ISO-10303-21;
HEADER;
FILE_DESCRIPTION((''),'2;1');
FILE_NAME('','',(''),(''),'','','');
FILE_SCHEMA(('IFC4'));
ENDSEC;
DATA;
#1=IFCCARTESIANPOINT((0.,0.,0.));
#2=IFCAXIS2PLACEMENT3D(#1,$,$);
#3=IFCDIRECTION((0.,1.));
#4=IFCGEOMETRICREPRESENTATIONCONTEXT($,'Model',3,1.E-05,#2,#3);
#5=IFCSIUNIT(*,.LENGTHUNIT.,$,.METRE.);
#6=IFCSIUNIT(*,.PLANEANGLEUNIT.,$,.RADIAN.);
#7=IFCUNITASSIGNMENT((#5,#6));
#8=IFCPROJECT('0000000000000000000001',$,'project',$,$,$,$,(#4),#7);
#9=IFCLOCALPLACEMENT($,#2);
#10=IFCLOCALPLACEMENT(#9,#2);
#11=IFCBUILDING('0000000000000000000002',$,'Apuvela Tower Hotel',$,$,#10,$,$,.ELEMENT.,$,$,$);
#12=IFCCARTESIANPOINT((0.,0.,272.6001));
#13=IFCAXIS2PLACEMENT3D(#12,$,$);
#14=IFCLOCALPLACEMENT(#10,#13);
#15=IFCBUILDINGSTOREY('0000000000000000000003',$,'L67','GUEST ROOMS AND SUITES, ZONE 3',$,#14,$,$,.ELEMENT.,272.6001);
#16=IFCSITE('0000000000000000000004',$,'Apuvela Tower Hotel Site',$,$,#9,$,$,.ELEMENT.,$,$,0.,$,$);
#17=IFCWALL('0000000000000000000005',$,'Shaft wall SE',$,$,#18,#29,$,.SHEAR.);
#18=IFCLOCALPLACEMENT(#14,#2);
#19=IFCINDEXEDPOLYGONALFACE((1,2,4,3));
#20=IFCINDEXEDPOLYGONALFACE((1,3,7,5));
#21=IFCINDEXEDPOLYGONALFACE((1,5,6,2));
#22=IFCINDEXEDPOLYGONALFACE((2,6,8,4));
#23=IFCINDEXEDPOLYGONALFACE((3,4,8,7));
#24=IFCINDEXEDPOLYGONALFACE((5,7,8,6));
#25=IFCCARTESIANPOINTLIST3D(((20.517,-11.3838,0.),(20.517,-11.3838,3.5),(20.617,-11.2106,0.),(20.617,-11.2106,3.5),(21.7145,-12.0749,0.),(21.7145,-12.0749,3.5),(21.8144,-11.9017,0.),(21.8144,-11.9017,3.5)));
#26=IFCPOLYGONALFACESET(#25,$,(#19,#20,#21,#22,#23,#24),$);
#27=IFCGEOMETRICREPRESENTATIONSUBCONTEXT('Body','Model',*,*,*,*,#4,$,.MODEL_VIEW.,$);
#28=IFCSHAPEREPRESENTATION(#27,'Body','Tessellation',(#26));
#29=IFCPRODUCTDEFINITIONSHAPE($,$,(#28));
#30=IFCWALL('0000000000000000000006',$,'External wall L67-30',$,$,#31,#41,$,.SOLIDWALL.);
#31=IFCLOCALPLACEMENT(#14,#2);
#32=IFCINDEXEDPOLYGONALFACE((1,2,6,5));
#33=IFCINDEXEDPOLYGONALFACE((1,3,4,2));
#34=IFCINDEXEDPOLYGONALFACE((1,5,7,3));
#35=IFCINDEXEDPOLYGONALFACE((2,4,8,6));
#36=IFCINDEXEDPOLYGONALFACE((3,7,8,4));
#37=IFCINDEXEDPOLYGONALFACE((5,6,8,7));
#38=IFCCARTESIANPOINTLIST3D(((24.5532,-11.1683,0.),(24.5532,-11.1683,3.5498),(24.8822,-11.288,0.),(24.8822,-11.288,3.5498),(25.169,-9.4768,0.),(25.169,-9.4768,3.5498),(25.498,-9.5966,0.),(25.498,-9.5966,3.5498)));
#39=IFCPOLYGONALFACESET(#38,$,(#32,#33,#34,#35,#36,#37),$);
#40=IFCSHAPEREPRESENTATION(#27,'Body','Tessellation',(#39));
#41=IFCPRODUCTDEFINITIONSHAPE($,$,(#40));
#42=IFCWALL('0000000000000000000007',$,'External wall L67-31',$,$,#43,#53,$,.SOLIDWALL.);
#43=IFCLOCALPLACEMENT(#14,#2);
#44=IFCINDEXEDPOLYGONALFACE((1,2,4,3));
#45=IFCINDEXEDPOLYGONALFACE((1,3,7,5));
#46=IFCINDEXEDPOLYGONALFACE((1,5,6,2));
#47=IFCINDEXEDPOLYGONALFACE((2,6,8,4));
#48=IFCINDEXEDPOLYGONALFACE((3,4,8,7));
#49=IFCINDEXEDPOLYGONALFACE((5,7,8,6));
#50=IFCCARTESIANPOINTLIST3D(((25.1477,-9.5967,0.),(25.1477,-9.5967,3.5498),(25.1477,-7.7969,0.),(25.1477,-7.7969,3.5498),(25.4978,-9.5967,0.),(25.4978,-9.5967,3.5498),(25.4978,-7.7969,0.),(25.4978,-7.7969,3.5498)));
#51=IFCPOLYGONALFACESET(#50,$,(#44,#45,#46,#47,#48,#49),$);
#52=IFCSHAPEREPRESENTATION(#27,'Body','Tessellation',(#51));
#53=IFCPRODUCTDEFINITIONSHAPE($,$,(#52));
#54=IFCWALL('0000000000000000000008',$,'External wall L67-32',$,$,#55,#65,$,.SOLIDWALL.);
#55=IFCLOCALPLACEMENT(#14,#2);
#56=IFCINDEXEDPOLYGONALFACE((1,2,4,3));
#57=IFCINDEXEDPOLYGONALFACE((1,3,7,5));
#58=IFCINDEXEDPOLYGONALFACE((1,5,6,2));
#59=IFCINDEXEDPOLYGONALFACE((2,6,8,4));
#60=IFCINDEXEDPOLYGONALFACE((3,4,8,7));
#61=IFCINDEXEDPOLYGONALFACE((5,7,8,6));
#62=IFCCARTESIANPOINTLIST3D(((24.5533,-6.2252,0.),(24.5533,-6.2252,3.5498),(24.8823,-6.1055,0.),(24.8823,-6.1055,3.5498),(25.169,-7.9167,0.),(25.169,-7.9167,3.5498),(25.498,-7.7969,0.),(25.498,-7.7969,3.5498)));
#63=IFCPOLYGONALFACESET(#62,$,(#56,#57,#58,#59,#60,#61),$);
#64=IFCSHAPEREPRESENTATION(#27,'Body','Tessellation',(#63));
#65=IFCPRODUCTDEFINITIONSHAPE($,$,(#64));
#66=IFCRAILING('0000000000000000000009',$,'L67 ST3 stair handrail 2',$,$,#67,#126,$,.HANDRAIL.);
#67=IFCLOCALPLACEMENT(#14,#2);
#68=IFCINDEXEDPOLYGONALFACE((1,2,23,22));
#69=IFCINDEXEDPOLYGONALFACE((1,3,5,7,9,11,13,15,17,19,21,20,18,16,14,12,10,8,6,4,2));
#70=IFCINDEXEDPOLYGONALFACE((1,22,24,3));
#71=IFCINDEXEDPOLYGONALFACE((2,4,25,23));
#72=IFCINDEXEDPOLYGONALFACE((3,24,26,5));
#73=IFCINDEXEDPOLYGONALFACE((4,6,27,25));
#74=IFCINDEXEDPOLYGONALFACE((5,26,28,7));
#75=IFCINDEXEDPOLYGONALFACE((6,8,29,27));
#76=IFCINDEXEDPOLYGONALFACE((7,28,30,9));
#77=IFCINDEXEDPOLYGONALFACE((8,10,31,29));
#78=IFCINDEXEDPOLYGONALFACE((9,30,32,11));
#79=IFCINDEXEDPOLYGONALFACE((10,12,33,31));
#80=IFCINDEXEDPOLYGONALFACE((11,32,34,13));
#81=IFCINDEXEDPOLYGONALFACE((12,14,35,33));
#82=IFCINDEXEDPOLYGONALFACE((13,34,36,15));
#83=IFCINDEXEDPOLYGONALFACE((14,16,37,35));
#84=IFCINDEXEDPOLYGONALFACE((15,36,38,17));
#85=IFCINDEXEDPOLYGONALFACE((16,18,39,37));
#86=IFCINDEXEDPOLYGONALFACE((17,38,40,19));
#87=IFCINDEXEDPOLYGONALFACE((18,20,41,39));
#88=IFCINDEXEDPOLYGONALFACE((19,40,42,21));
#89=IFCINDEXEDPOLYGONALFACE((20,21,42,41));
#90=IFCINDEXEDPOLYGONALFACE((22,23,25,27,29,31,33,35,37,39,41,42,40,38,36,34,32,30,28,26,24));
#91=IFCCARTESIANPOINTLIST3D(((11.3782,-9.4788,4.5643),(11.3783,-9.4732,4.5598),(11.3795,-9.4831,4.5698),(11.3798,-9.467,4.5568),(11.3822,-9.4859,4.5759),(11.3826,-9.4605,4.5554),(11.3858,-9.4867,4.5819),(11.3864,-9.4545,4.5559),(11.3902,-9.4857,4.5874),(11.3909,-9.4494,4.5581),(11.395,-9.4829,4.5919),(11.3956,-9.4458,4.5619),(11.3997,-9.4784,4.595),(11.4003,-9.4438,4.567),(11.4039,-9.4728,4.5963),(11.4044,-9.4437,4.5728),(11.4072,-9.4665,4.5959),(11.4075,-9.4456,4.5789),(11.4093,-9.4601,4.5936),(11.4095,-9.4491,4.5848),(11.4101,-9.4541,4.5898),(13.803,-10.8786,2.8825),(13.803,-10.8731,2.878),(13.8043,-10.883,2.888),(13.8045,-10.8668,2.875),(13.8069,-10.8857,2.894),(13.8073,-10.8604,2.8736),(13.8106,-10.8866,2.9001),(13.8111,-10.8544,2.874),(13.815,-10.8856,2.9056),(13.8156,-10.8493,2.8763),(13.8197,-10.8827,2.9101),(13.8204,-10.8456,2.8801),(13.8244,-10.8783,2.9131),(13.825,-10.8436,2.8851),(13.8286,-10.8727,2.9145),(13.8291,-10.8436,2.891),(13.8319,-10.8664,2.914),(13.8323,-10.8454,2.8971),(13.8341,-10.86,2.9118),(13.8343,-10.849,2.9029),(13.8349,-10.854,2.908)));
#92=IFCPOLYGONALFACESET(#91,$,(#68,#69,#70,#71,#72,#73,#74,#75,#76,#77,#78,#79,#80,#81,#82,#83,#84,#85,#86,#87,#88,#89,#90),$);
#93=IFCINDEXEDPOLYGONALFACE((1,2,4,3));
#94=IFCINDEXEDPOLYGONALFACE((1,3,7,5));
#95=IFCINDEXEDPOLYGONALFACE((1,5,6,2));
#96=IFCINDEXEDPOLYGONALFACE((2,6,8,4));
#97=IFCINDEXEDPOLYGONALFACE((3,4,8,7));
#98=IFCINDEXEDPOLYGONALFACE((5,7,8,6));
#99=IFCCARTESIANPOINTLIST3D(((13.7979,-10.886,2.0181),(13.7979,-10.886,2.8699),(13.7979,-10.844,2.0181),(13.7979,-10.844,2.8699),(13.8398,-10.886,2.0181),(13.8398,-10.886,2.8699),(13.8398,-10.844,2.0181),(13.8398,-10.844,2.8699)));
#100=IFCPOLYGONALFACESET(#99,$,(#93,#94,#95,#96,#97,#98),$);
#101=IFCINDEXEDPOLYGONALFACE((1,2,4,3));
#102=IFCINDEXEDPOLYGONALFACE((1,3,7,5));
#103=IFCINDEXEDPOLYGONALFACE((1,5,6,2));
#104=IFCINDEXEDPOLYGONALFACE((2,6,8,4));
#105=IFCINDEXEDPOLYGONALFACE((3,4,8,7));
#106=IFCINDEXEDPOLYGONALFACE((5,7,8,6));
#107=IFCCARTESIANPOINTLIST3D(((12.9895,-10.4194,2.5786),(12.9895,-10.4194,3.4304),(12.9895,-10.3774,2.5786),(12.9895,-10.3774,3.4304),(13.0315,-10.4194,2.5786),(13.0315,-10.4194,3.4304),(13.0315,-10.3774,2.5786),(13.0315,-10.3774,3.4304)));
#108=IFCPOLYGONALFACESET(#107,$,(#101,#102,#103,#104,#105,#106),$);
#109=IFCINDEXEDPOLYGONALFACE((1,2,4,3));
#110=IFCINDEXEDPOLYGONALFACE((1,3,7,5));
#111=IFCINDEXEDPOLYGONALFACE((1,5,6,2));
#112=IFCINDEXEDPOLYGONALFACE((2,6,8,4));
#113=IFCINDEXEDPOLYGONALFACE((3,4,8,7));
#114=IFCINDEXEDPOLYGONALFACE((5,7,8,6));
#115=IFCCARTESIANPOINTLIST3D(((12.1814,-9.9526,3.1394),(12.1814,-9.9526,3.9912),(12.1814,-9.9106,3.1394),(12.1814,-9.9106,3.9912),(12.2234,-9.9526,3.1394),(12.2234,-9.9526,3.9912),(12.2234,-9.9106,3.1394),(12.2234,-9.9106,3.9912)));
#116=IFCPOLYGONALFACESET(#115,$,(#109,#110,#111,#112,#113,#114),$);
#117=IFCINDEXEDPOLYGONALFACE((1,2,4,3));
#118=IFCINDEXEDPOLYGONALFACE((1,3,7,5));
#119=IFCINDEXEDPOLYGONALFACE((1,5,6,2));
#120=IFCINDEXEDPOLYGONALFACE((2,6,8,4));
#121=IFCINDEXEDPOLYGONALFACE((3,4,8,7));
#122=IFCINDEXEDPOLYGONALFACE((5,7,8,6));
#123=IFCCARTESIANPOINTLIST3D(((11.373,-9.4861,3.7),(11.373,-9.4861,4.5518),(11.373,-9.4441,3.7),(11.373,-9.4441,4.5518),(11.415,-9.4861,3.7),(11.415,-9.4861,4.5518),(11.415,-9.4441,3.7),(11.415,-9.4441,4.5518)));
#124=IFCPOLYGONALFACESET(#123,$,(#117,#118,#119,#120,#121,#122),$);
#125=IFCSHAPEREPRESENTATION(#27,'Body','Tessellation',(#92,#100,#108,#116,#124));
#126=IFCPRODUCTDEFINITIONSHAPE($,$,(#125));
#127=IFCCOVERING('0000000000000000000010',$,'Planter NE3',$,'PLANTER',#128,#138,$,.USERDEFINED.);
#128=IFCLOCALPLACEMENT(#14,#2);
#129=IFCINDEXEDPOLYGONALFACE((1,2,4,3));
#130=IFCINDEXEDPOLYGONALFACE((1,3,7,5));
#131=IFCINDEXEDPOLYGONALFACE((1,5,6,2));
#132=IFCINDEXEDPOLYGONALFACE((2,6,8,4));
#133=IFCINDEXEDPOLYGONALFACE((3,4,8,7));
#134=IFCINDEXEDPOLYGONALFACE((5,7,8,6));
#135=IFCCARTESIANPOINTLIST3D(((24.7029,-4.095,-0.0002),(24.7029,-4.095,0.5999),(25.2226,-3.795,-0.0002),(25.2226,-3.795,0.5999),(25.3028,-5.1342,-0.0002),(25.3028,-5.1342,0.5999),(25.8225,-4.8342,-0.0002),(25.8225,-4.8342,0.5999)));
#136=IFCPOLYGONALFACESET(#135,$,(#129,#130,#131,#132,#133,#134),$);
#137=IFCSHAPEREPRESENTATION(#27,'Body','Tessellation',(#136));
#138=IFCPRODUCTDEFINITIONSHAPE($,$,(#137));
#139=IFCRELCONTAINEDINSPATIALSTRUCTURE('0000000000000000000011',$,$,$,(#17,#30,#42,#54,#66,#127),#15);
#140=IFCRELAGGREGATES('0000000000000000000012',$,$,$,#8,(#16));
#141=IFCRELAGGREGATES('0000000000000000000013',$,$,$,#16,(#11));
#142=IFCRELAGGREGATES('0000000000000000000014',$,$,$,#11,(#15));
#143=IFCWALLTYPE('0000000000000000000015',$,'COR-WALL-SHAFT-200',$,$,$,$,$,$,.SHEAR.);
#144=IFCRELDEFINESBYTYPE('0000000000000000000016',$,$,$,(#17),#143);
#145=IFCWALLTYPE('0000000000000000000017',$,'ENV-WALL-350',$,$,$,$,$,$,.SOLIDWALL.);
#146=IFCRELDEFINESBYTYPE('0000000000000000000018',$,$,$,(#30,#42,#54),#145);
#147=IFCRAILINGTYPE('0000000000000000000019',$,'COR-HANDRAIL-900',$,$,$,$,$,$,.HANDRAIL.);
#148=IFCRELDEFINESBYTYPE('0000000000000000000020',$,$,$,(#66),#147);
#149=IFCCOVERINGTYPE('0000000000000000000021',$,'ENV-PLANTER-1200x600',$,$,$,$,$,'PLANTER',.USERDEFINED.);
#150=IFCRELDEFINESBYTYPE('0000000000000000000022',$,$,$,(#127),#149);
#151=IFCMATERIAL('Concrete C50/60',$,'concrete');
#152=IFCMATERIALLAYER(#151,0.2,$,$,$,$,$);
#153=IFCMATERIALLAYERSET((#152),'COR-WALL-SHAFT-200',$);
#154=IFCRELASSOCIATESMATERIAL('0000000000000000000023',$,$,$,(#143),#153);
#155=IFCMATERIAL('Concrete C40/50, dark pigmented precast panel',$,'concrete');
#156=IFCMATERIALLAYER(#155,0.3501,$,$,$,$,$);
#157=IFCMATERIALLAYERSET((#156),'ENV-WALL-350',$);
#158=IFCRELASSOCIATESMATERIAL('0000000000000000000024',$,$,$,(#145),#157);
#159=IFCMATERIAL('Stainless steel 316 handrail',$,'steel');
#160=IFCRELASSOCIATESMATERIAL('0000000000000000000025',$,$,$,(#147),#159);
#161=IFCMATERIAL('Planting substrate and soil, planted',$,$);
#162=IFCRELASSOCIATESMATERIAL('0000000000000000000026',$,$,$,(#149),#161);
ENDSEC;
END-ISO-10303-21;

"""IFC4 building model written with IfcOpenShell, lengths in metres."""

from ifc_helpers import new_model, si_unit, direction, frame, frame_2d, origin, origin_2d, place, context, subcontext, project, spatial, rectangle, circle, extrude, material, layer, layer_set, type_object, element, save


model = new_model("IFC4")

# Units and contexts
model_context = context("Model", 3, precision=1e-05, world=origin(), true_north=direction((0.0, 1.0)))
body_context = subcontext(model_context, "Body", "Model", "MODEL_VIEW")
ifc_project = project(units=[si_unit("LENGTHUNIT", "METRE"), si_unit("PLANEANGLEUNIT", "RADIAN")], contexts=[model_context])

# Site, building, storey
site_placement = place(None, origin())
site = spatial("IfcSite", under=ifc_project, at=site_placement, Name="Apuvela Tower Hotel Site", CompositionType="ELEMENT", RefElevation=0.0)
building_placement = place(site_placement, origin())
building = spatial("IfcBuilding", under=site, at=building_placement, Name="Apuvela Tower Hotel", CompositionType="ELEMENT")
storey_placement = place(building_placement, frame((0.0, 0.0, 272.6001)))
storey = spatial("IfcBuildingStorey", under=building, at=storey_placement, Name="L67", Description="GUEST ROOMS AND SUITES, ZONE 3", CompositionType="ELEMENT", Elevation=272.6001)

# Walls
ifc_material_1 = material(Name="Concrete C50/60", Category="concrete")
ifc_layer_1 = layer(ifc_material_1, 0.2)
ifc_layer_set_1 = layer_set([ifc_layer_1], Name="COR-WALL-SHAFT-200")
wall_type_1 = type_object("IfcWallType", Name="COR-WALL-SHAFT-200", PredefinedType="SHEAR", material=ifc_layer_set_1)
wall_1_placement = place(storey_placement, frame((20.5669, -11.2971, 0.0), z_axis=(0.0, 0.0, 1.0), x_axis=(0.866094, -0.49988, 0.0)))
element("IfcWall", 1, at=wall_1_placement, inside=storey, type_object=wall_type_1, Name="Shaft wall SE", PredefinedType="SHEAR", context=body_context, shape_type="SweptSolid", body=[
    extrude(rectangle(XDim=1.3826, YDim=0.2, at=frame_2d((0.6914, 0.0))), origin(), (0.0, 0.0, 1.0), 3.5),
])
ifc_material_2 = material(Name="Concrete C40/50, dark pigmented precast panel", Category="concrete")
ifc_layer_2 = layer(ifc_material_2, 0.3501)
ifc_layer_set_2 = layer_set([ifc_layer_2], Name="ENV-WALL-350")
wall_type_2 = type_object("IfcWallType", Name="ENV-WALL-350", PredefinedType="SOLIDWALL", material=ifc_layer_set_2)
wall_2_placement = place(storey_placement, frame((24.7178, -11.228, 0.0), z_axis=(0.0, 0.0, 1.0), x_axis=(0.34207, 0.939675, 0.0)))
element("IfcWall", 2, at=wall_2_placement, inside=storey, type_object=wall_type_2, Name="External wall L67-30", PredefinedType="SOLIDWALL", context=body_context, shape_type="SweptSolid", body=[
    extrude(rectangle(XDim=1.8, YDim=0.3501, at=frame_2d((0.8999, 0.0))), origin(), (0.0, 0.0, 1.0), 3.5498),
])
wall_3_placement = place(storey_placement, frame((25.3228, -9.5967, 0.0), z_axis=(0.0, 0.0, 1.0), x_axis=(0.0, 1.0, 0.0)))
element("IfcWall", 3, at=wall_3_placement, inside=storey, type_object=wall_type_2, Name="External wall L67-31", PredefinedType="SOLIDWALL", context=body_context, shape_type="SweptSolid", body=[
    extrude(rectangle(XDim=1.7998, YDim=0.3501, at=frame_2d((0.8999, 0.0))), origin(), (0.0, 0.0, 1.0), 3.5498),
])
wall_4_placement = place(storey_placement, frame((25.3335, -7.8567, 0.0), z_axis=(0.0, 0.0, 1.0), x_axis=(-0.34207, 0.939675, 0.0)))
element("IfcWall", 4, at=wall_4_placement, inside=storey, type_object=wall_type_2, Name="External wall L67-32", PredefinedType="SOLIDWALL", context=body_context, shape_type="SweptSolid", body=[
    extrude(rectangle(XDim=1.8, YDim=0.3501, at=frame_2d((0.8999, 0.0))), origin(), (0.0, 0.0, 1.0), 3.5498),
])

# Railing
ifc_material_3 = material(Name="Stainless steel 316 handrail", Category="steel")
railing_type_1 = type_object("IfcRailingType", Name="COR-HANDRAIL-900", PredefinedType="HANDRAIL", material=ifc_material_3)
railing_1_placement = place(storey_placement, frame((13.8188, -10.865, 2.0181)))
element("IfcRailing", 5, at=railing_1_placement, inside=storey, type_object=railing_type_1, Name="L67 ST3 stair handrail 2", PredefinedType="HANDRAIL", context=body_context, shape_type="SweptSolid", body=[
    extrude(circle(Radius=0.0239, at=origin_2d()), frame((0.0, 0.0, 0.876), z_axis=(-0.74239, 0.428601, 0.514934), x_axis=(-0.499984, -0.866035, 0.0)), (0.0, 0.0, 1.0), 3.2661),
    extrude(rectangle(XDim=0.042, YDim=0.042, at=origin_2d()), origin(), (0.0, 0.0, 1.0), 0.8518),
    extrude(rectangle(XDim=0.042, YDim=0.042, at=origin_2d()), frame((-0.8083, 0.4666, 0.5605)), (0.0, 0.0, 1.0), 0.8518),
    extrude(rectangle(XDim=0.042, YDim=0.042, at=origin_2d()), frame((-1.6165, 0.9333, 1.1213)), (0.0, 0.0, 1.0), 0.8518),
    extrude(rectangle(XDim=0.042, YDim=0.042, at=origin_2d()), frame((-2.4248, 1.3999, 1.6819)), (0.0, 0.0, 1.0), 0.8518),
])

# Covering
ifc_material_4 = material(Name="Planting substrate and soil, planted")
covering_type = type_object("IfcCoveringType", Name="ENV-PLANTER-1200x600", ElementType="PLANTER", PredefinedType="USERDEFINED", material=ifc_material_4)
covering_placement = place(storey_placement, frame((25.2627, -4.4646, -0.0002), z_axis=(0.0, 0.0, 1.0), x_axis=(-0.5, 0.866025, 0.0)))
element("IfcCovering", 6, at=covering_placement, inside=storey, type_object=covering_type, Name="Planter NE3", ObjectType="PLANTER", PredefinedType="USERDEFINED", context=body_context, shape_type="SweptSolid", body=[
    extrude(rectangle(XDim=1.2, YDim=0.6001, at=origin_2d()), origin(), (0.0, 0.0, 1.0), 0.6001),
])

save(model, "model.ifc")
